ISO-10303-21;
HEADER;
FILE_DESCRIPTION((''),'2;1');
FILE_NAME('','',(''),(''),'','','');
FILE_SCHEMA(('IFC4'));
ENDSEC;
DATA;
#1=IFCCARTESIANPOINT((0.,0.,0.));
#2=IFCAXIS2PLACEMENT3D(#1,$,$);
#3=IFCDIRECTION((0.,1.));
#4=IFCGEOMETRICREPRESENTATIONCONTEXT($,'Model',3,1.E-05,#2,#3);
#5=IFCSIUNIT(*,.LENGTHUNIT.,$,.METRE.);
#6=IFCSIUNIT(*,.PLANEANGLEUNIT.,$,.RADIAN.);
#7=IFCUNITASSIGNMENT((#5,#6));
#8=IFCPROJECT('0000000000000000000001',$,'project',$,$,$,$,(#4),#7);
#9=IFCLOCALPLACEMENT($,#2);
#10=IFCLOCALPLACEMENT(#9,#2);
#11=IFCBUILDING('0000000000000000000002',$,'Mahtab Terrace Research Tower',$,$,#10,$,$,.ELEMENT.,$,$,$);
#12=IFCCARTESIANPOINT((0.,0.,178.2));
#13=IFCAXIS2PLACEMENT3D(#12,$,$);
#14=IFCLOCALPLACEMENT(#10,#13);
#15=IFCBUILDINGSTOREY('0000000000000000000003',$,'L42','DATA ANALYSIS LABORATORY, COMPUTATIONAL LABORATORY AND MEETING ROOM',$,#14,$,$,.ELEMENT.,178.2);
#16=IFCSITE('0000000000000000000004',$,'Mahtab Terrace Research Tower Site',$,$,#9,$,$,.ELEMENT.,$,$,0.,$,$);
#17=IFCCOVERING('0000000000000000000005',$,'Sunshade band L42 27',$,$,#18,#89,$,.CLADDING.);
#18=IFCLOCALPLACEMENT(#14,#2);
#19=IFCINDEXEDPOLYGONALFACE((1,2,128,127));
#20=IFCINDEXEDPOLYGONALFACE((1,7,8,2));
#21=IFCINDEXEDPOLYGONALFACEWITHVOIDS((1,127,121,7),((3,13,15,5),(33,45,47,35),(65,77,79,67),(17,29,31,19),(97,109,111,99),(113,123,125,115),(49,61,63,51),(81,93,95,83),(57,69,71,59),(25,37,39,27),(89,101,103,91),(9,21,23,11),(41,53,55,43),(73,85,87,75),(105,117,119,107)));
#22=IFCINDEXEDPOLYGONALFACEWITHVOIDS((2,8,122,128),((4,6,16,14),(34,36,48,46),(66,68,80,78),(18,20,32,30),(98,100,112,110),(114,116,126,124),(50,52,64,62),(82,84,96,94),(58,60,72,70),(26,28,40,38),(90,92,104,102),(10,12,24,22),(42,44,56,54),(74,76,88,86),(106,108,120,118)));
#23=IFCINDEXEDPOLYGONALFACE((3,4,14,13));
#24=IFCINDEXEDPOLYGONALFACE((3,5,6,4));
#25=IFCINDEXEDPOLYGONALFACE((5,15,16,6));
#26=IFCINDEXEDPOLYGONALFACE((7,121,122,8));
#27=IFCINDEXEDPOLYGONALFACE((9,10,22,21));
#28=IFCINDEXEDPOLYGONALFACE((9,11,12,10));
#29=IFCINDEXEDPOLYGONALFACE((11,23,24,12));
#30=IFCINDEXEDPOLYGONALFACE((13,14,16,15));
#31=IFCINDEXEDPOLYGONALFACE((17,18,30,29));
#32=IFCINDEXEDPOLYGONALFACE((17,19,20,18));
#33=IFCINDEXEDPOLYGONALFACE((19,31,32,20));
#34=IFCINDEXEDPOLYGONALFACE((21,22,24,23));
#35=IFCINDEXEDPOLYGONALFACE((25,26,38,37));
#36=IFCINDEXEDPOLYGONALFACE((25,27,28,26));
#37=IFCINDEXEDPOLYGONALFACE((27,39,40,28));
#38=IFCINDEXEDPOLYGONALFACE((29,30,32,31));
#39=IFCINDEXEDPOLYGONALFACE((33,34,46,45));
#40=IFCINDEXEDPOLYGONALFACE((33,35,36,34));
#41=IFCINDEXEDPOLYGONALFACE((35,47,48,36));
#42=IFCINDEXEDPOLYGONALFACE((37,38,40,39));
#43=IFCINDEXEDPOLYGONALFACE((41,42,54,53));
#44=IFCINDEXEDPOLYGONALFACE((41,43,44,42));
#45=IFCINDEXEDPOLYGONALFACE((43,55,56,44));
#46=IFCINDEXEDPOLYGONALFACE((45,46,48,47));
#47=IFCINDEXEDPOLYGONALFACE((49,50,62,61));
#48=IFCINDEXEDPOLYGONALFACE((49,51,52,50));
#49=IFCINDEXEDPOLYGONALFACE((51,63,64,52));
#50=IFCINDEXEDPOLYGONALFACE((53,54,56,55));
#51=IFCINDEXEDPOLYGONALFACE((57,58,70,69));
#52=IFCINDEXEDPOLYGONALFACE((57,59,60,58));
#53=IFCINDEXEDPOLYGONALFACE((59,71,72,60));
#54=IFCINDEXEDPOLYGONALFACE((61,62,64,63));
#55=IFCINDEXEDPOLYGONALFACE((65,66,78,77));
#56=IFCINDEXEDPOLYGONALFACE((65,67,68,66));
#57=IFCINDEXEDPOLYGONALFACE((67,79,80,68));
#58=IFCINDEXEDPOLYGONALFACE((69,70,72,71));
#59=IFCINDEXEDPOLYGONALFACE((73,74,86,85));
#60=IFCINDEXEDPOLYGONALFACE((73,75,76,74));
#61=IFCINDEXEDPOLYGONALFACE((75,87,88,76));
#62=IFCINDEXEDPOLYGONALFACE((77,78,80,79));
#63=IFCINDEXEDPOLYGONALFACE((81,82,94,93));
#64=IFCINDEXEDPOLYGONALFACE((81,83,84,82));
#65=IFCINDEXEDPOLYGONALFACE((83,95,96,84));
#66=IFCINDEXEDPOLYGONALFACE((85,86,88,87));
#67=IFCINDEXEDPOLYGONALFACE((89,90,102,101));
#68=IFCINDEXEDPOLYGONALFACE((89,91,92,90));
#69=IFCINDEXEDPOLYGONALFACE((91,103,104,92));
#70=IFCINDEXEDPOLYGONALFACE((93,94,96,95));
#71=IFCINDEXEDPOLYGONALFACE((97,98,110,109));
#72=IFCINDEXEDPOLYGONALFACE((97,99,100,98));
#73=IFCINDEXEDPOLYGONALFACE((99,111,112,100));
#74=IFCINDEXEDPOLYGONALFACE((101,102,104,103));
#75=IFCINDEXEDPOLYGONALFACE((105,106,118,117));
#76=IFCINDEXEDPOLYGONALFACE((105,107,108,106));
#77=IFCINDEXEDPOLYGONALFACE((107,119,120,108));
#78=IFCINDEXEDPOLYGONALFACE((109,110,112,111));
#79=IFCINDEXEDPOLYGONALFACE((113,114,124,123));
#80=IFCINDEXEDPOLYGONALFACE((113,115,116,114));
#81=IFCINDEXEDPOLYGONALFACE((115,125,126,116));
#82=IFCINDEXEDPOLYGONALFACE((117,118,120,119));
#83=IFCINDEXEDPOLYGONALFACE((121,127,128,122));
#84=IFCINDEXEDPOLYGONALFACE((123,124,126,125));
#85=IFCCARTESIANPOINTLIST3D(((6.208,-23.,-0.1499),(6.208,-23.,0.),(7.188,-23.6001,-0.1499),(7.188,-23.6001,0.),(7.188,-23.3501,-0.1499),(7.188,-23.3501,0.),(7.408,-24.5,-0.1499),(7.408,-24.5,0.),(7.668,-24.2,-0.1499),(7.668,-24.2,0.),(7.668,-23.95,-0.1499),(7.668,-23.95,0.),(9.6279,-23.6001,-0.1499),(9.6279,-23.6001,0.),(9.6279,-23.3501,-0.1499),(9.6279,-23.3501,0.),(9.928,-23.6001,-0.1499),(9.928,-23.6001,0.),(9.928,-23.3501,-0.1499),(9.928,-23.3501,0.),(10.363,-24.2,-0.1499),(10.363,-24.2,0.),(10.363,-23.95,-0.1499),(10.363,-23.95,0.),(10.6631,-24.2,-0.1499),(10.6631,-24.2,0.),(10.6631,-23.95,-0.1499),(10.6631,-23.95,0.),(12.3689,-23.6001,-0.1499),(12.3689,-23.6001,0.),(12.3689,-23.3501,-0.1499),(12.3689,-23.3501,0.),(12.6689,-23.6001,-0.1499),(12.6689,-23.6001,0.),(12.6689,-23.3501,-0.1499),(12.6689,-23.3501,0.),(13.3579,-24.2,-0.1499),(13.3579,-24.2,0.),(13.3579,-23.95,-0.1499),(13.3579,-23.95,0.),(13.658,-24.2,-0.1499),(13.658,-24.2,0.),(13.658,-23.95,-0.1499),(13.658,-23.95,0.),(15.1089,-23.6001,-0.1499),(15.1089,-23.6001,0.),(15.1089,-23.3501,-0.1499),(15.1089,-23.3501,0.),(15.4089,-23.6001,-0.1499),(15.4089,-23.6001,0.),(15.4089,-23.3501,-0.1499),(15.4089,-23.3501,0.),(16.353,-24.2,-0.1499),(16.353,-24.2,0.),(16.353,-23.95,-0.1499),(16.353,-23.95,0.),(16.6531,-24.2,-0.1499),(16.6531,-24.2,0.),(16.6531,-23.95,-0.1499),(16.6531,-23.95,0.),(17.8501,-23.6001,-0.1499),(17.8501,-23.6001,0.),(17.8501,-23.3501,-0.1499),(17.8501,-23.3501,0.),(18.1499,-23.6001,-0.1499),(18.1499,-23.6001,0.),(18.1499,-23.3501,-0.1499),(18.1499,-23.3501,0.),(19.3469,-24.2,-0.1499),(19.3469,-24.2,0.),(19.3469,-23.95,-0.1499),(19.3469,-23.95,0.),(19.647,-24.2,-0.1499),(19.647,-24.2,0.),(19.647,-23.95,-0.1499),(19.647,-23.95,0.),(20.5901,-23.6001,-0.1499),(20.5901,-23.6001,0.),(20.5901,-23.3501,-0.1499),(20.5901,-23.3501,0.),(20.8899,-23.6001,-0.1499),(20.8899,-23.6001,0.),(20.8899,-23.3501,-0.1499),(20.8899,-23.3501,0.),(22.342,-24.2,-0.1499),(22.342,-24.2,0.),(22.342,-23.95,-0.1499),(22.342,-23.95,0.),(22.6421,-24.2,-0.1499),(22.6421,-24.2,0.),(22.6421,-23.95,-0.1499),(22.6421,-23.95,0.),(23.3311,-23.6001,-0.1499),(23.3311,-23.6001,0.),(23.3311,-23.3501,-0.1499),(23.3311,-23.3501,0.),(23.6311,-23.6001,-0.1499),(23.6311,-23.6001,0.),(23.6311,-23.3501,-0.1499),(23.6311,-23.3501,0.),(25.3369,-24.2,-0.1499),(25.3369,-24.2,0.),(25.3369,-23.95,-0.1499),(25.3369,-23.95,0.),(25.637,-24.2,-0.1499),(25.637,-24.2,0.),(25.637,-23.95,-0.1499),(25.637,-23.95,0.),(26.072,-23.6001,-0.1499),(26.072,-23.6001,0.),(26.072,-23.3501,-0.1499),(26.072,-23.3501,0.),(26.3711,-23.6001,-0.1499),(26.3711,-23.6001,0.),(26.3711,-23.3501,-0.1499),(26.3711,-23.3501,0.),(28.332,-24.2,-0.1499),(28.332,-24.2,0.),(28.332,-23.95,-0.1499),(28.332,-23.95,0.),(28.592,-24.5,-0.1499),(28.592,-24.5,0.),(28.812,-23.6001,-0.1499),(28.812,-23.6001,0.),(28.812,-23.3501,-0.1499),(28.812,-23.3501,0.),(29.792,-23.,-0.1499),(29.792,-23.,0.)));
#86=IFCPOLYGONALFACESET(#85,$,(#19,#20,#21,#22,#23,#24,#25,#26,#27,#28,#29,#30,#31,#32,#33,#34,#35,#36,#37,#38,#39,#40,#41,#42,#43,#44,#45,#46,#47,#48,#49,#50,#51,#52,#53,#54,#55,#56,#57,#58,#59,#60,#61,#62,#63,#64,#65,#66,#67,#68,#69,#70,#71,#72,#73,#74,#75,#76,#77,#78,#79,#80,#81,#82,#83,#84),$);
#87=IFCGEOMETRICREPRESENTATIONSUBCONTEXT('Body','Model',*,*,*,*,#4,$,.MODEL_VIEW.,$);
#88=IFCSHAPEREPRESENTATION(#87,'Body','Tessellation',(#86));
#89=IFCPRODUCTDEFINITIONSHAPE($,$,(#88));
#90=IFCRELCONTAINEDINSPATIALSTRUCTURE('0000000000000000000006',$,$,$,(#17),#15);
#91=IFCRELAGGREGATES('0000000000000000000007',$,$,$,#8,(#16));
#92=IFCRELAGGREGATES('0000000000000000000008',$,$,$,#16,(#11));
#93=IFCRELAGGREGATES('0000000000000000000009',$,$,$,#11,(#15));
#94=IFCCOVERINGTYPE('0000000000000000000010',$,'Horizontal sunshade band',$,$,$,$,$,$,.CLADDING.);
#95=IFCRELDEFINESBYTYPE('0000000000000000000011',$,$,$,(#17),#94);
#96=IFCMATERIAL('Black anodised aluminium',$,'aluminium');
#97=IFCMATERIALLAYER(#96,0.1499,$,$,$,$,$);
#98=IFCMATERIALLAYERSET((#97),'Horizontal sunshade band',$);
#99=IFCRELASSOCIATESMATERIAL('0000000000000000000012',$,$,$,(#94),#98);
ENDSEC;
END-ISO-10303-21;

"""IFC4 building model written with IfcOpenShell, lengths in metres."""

from ifc_helpers import new_model, si_unit, direction, frame, origin, place, context, subcontext, project, spatial, polyline, outline, extrude, material, layer, layer_set, type_object, element, save


model = new_model("IFC4")

# Units and contexts
model_context = context("Model", 3, precision=1e-05, world=origin(), true_north=direction((0.0, 1.0)))
body_context = subcontext(model_context, "Body", "Model", "MODEL_VIEW")
ifc_project = project(units=[si_unit("LENGTHUNIT", "METRE"), si_unit("PLANEANGLEUNIT", "RADIAN")], contexts=[model_context])

# Site, building, storey
site_placement = place(None, origin())
site = spatial("IfcSite", under=ifc_project, at=site_placement, Name="Mahtab Terrace Research Tower Site", CompositionType="ELEMENT", RefElevation=0.0)
building_placement = place(site_placement, origin())
building = spatial("IfcBuilding", under=site, at=building_placement, Name="Mahtab Terrace Research Tower", CompositionType="ELEMENT")
storey_placement = place(building_placement, frame((0.0, 0.0, 178.2)))
storey = spatial("IfcBuildingStorey", under=building, at=storey_placement, Name="L42", Description="DATA ANALYSIS LABORATORY, COMPUTATIONAL LABORATORY AND MEETING ROOM", CompositionType="ELEMENT", Elevation=178.2)

# Covering
ifc_material_1 = material(Name="Black anodised aluminium", Category="aluminium")
ifc_layer_1 = layer(ifc_material_1, 0.1499)
ifc_layer_set_1 = layer_set([ifc_layer_1], Name="Horizontal sunshade band")
covering_type = type_object("IfcCoveringType", Name="Horizontal sunshade band", PredefinedType="CLADDING", material=ifc_layer_set_1)
covering_1_placement = place(storey_placement, frame((0.0, 0.0, -0.1499)))
element("IfcCovering", 1, at=covering_1_placement, inside=storey, type_object=covering_type, Name="Sunshade band L42 27", PredefinedType="CLADDING", context=body_context, shape_type="SweptSolid", body=[
    extrude(outline(polyline([(6.208, -23.0), (29.792, -23.0), (28.592, -24.5), (7.408, -24.5), (6.208, -23.0)]), holes=[polyline([(7.188, -23.3501), (9.6279, -23.3501), (9.6279, -23.6001), (7.188, -23.6001), (7.188, -23.3501)]), polyline([(9.928, -23.3501), (12.3689, -23.3501), (12.3689, -23.6001), (9.928, -23.6001), (9.928, -23.3501)]), polyline([(12.6689, -23.3501), (15.1089, -23.3501), (15.1089, -23.6001), (12.6689, -23.6001), (12.6689, -23.3501)]), polyline([(15.4089, -23.3501), (17.8501, -23.3501), (17.8501, -23.6001), (15.4089, -23.6001), (15.4089, -23.3501)]), polyline([(18.1499, -23.3501), (20.5901, -23.3501), (20.5901, -23.6001), (18.1499, -23.6001), (18.1499, -23.3501)]), polyline([(20.8899, -23.3501), (23.3311, -23.3501), (23.3311, -23.6001), (20.8899, -23.6001), (20.8899, -23.3501)]), polyline([(23.6311, -23.3501), (26.072, -23.3501), (26.072, -23.6001), (23.6311, -23.6001), (23.6311, -23.3501)]), polyline([(26.3711, -23.3501), (28.812, -23.3501), (28.812, -23.6001), (26.3711, -23.6001), (26.3711, -23.3501)]), polyline([(7.668, -23.95), (10.363, -23.95), (10.363, -24.2), (7.668, -24.2), (7.668, -23.95)]), polyline([(10.6631, -23.95), (13.3579, -23.95), (13.3579, -24.2), (10.6631, -24.2), (10.6631, -23.95)]), polyline([(13.658, -23.95), (16.353, -23.95), (16.353, -24.2), (13.658, -24.2), (13.658, -23.95)]), polyline([(16.6531, -23.95), (19.3469, -23.95), (19.3469, -24.2), (16.6531, -24.2), (16.6531, -23.95)]), polyline([(19.647, -23.95), (22.342, -23.95), (22.342, -24.2), (19.647, -24.2), (19.647, -23.95)]), polyline([(22.6421, -23.95), (25.3369, -23.95), (25.3369, -24.2), (22.6421, -24.2), (22.6421, -23.95)]), polyline([(25.637, -23.95), (28.332, -23.95), (28.332, -24.2), (25.637, -24.2), (25.637, -23.95)])]), origin(), (0.0, 0.0, 1.0), 0.1499),
])

save(model, "model.ifc")
